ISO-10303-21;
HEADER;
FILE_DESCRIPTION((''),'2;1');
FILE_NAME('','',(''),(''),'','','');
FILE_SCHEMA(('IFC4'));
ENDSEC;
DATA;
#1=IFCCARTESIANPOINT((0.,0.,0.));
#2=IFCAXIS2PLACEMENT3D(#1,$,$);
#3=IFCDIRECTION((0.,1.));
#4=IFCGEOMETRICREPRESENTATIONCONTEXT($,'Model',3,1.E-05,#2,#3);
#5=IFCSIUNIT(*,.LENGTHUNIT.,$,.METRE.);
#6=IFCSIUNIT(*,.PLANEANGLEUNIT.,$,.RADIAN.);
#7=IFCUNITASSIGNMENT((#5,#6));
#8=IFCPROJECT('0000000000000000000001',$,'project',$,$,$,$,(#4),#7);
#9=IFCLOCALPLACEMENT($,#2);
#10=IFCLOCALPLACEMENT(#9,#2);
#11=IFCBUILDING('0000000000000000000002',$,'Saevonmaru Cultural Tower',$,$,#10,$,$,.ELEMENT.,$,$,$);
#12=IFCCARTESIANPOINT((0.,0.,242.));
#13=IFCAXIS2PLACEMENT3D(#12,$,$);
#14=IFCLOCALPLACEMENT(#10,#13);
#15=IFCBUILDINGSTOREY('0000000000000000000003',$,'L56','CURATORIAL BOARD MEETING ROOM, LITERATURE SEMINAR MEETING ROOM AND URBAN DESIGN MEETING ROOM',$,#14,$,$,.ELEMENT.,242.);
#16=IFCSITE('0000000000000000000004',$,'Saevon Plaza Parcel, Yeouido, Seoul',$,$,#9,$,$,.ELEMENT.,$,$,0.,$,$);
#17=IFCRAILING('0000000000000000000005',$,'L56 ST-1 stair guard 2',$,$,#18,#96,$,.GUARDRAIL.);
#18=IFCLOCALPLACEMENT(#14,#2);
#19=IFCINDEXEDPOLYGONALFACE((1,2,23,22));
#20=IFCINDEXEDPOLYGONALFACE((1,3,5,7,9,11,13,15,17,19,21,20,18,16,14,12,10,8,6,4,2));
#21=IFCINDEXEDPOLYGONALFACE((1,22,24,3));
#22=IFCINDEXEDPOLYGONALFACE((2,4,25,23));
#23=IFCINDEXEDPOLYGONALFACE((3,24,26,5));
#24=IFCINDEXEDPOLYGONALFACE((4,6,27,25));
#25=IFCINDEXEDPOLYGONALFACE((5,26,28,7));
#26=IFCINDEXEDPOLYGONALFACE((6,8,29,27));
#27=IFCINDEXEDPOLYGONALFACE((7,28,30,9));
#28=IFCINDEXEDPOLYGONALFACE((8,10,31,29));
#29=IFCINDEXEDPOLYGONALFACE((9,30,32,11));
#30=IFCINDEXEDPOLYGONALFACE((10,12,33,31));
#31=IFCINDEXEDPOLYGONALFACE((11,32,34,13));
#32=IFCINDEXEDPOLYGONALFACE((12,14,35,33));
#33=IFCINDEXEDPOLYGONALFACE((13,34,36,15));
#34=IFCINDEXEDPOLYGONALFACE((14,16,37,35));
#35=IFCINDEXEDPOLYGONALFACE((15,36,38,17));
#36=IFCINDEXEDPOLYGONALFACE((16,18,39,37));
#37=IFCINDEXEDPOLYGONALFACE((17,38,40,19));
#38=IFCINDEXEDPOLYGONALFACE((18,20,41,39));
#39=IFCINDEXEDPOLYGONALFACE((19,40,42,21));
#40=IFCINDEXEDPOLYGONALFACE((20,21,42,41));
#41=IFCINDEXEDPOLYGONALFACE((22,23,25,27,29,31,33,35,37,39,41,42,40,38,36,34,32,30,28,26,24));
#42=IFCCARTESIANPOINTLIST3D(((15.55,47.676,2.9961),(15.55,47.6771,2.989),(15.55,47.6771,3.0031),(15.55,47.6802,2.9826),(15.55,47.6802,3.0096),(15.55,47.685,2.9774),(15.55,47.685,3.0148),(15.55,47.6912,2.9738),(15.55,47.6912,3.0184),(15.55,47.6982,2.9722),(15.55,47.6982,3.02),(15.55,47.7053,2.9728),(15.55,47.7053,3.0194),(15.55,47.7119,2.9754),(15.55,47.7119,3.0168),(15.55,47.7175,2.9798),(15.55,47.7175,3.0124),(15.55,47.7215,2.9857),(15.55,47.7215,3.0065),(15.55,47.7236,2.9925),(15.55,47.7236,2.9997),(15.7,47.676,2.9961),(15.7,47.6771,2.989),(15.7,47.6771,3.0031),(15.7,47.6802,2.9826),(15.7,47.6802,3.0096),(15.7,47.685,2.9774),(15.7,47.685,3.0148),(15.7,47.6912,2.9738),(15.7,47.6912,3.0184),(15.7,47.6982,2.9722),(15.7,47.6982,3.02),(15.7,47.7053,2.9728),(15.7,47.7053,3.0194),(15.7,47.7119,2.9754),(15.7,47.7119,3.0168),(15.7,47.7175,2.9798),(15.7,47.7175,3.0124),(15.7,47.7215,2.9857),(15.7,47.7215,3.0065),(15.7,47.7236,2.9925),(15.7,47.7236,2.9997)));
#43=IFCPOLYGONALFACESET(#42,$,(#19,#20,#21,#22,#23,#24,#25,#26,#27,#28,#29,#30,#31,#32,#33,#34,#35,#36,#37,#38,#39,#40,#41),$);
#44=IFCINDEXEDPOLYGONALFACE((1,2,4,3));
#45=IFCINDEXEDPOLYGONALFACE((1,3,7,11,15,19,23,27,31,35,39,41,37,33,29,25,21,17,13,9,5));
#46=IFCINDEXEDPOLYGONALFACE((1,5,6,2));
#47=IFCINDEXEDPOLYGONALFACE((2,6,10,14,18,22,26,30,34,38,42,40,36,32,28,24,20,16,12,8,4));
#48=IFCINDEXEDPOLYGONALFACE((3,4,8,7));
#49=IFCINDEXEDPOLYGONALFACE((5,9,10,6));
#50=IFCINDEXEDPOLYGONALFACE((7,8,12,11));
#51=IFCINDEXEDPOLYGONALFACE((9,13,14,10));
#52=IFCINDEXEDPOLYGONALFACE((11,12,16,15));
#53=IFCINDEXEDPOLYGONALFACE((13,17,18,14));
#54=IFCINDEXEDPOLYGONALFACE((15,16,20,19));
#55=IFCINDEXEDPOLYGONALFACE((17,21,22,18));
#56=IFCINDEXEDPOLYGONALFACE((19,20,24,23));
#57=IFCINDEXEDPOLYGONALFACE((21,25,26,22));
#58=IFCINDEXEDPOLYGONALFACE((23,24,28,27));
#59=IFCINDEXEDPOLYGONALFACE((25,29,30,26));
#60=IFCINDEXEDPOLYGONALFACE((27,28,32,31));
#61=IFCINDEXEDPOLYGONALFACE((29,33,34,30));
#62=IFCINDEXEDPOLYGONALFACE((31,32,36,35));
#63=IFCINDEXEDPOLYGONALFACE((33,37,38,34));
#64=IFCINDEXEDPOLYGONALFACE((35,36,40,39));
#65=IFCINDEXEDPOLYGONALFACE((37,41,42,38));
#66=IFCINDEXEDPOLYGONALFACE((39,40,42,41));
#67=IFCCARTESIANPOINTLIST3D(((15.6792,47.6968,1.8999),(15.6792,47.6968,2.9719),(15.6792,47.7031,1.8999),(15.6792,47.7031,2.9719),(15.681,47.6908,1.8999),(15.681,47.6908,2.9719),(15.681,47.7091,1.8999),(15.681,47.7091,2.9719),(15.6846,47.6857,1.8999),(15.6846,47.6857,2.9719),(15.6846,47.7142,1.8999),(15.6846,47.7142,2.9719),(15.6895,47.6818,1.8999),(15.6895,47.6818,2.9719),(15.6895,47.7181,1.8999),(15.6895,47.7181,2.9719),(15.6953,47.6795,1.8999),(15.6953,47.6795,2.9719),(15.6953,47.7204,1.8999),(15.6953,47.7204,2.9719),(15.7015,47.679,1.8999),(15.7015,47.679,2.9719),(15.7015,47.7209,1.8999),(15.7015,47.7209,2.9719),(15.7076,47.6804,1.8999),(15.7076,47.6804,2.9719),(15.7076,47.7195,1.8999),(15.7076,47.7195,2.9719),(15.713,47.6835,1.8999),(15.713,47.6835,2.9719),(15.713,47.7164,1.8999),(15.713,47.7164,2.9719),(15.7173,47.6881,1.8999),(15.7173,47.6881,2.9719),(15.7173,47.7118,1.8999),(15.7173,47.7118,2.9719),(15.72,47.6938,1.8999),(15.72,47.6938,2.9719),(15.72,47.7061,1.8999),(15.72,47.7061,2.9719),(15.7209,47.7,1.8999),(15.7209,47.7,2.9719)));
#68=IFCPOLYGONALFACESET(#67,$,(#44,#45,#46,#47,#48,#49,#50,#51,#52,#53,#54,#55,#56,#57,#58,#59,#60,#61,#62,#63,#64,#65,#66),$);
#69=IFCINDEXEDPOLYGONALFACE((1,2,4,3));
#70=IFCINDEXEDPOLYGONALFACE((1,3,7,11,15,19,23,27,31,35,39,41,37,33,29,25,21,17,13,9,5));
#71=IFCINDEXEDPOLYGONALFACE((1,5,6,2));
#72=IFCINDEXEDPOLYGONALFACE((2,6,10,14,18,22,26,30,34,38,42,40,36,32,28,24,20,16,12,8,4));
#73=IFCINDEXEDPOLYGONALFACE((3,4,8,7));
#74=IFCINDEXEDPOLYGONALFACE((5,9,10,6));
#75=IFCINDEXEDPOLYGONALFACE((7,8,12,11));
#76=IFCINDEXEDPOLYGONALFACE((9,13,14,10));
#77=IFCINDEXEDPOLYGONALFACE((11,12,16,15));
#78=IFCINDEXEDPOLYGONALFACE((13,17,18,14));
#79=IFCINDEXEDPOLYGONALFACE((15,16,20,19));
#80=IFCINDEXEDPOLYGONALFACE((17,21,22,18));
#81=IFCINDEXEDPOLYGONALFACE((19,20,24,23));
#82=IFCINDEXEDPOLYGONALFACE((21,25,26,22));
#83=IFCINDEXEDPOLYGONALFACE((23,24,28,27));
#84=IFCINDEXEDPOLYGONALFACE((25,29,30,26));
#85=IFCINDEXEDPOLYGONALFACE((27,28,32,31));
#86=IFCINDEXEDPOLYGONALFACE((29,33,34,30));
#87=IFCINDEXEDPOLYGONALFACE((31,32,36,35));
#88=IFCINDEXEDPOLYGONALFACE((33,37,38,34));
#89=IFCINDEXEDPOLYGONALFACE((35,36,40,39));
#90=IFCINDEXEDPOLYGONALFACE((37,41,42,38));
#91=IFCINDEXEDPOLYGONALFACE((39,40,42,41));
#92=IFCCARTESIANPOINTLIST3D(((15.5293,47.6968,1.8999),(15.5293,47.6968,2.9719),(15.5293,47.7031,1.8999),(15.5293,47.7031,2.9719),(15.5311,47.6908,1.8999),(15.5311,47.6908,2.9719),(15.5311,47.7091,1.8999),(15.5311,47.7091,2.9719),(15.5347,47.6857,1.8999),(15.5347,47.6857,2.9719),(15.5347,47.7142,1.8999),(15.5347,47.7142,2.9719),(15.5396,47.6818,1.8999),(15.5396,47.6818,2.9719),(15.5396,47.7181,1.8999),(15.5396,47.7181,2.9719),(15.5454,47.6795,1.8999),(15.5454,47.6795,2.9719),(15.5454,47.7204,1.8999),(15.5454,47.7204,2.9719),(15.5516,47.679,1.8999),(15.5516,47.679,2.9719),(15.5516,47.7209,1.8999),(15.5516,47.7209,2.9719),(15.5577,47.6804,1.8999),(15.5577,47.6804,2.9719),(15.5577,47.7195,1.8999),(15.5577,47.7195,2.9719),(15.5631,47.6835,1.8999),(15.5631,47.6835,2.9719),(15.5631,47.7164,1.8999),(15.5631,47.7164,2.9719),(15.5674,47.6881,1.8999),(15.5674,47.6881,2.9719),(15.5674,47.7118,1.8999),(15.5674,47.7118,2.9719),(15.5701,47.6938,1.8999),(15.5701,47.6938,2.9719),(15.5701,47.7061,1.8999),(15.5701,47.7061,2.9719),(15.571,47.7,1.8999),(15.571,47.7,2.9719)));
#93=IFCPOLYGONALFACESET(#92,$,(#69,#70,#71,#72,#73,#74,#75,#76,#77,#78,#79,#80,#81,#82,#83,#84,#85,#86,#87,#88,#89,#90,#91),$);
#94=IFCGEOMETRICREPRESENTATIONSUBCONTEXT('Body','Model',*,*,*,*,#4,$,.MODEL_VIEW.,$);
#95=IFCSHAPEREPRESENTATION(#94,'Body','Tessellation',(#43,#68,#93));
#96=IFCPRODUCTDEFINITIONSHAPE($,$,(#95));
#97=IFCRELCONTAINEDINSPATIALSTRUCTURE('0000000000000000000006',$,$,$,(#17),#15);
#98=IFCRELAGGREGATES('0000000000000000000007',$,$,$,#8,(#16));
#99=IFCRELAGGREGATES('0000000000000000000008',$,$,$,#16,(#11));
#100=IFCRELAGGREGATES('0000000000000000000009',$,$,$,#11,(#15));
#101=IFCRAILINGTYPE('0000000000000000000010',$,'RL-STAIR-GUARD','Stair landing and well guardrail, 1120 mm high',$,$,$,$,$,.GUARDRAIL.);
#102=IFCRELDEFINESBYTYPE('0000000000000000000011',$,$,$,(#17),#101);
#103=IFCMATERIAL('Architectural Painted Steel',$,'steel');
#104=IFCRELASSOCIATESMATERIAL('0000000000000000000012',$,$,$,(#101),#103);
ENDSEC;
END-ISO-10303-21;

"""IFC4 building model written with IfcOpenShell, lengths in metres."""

from ifc_helpers import new_model, si_unit, direction, frame, origin, origin_2d, place, context, subcontext, project, spatial, circle, extrude, material, type_object, element, save


model = new_model("IFC4")

# Units and contexts
model_context = context("Model", 3, precision=1e-05, world=origin(), true_north=direction((0.0, 1.0)))
body_context = subcontext(model_context, "Body", "Model", "MODEL_VIEW")
ifc_project = project(units=[si_unit("LENGTHUNIT", "METRE"), si_unit("PLANEANGLEUNIT", "RADIAN")], contexts=[model_context])

# Site, building, storey
site_placement = place(None, origin())
site = spatial("IfcSite", under=ifc_project, at=site_placement, Name="Saevon Plaza Parcel, Yeouido, Seoul", CompositionType="ELEMENT", RefElevation=0.0)
building_placement = place(site_placement, origin())
building = spatial("IfcBuilding", under=site, at=building_placement, Name="Saevonmaru Cultural Tower", CompositionType="ELEMENT")
storey_placement = place(building_placement, frame((0.0, 0.0, 242.0)))
storey = spatial("IfcBuildingStorey", under=building, at=storey_placement, Name="L56", Description="CURATORIAL BOARD MEETING ROOM, LITERATURE SEMINAR MEETING ROOM AND URBAN DESIGN MEETING ROOM", CompositionType="ELEMENT", Elevation=242.0)

# Railing
ifc_material_1 = material(Name="Architectural Painted Steel", Category="steel")
railing_type_1 = type_object("IfcRailingType", Name="RL-STAIR-GUARD", Description="Stair landing and well guardrail, 1120 mm high", PredefinedType="GUARDRAIL", material=ifc_material_1)
railing_1_placement = place(storey_placement, frame((15.7, 47.7, 1.8999)))
element("IfcRailing", 1, at=railing_1_placement, inside=storey, type_object=railing_type_1, Name="L56 ST-1 stair guard 2", PredefinedType="GUARDRAIL", context=body_context, shape_type="SweptSolid", body=[
    extrude(circle(Radius=0.0239, at=origin_2d()), frame((0.0, 0.0, 1.0962), z_axis=(-1.0, 0.0, 0.0), x_axis=(0.0, -1.0, 0.0)), (0.0, 0.0, 1.0), 0.1499),
    extrude(circle(Radius=0.021, at=origin_2d()), origin(), (0.0, 0.0, 1.0), 1.072),
    extrude(circle(Radius=0.021, at=origin_2d()), frame((-0.1499, 0.0, 0.0)), (0.0, 0.0, 1.0), 1.072),
])

save(model, "model.ifc")
